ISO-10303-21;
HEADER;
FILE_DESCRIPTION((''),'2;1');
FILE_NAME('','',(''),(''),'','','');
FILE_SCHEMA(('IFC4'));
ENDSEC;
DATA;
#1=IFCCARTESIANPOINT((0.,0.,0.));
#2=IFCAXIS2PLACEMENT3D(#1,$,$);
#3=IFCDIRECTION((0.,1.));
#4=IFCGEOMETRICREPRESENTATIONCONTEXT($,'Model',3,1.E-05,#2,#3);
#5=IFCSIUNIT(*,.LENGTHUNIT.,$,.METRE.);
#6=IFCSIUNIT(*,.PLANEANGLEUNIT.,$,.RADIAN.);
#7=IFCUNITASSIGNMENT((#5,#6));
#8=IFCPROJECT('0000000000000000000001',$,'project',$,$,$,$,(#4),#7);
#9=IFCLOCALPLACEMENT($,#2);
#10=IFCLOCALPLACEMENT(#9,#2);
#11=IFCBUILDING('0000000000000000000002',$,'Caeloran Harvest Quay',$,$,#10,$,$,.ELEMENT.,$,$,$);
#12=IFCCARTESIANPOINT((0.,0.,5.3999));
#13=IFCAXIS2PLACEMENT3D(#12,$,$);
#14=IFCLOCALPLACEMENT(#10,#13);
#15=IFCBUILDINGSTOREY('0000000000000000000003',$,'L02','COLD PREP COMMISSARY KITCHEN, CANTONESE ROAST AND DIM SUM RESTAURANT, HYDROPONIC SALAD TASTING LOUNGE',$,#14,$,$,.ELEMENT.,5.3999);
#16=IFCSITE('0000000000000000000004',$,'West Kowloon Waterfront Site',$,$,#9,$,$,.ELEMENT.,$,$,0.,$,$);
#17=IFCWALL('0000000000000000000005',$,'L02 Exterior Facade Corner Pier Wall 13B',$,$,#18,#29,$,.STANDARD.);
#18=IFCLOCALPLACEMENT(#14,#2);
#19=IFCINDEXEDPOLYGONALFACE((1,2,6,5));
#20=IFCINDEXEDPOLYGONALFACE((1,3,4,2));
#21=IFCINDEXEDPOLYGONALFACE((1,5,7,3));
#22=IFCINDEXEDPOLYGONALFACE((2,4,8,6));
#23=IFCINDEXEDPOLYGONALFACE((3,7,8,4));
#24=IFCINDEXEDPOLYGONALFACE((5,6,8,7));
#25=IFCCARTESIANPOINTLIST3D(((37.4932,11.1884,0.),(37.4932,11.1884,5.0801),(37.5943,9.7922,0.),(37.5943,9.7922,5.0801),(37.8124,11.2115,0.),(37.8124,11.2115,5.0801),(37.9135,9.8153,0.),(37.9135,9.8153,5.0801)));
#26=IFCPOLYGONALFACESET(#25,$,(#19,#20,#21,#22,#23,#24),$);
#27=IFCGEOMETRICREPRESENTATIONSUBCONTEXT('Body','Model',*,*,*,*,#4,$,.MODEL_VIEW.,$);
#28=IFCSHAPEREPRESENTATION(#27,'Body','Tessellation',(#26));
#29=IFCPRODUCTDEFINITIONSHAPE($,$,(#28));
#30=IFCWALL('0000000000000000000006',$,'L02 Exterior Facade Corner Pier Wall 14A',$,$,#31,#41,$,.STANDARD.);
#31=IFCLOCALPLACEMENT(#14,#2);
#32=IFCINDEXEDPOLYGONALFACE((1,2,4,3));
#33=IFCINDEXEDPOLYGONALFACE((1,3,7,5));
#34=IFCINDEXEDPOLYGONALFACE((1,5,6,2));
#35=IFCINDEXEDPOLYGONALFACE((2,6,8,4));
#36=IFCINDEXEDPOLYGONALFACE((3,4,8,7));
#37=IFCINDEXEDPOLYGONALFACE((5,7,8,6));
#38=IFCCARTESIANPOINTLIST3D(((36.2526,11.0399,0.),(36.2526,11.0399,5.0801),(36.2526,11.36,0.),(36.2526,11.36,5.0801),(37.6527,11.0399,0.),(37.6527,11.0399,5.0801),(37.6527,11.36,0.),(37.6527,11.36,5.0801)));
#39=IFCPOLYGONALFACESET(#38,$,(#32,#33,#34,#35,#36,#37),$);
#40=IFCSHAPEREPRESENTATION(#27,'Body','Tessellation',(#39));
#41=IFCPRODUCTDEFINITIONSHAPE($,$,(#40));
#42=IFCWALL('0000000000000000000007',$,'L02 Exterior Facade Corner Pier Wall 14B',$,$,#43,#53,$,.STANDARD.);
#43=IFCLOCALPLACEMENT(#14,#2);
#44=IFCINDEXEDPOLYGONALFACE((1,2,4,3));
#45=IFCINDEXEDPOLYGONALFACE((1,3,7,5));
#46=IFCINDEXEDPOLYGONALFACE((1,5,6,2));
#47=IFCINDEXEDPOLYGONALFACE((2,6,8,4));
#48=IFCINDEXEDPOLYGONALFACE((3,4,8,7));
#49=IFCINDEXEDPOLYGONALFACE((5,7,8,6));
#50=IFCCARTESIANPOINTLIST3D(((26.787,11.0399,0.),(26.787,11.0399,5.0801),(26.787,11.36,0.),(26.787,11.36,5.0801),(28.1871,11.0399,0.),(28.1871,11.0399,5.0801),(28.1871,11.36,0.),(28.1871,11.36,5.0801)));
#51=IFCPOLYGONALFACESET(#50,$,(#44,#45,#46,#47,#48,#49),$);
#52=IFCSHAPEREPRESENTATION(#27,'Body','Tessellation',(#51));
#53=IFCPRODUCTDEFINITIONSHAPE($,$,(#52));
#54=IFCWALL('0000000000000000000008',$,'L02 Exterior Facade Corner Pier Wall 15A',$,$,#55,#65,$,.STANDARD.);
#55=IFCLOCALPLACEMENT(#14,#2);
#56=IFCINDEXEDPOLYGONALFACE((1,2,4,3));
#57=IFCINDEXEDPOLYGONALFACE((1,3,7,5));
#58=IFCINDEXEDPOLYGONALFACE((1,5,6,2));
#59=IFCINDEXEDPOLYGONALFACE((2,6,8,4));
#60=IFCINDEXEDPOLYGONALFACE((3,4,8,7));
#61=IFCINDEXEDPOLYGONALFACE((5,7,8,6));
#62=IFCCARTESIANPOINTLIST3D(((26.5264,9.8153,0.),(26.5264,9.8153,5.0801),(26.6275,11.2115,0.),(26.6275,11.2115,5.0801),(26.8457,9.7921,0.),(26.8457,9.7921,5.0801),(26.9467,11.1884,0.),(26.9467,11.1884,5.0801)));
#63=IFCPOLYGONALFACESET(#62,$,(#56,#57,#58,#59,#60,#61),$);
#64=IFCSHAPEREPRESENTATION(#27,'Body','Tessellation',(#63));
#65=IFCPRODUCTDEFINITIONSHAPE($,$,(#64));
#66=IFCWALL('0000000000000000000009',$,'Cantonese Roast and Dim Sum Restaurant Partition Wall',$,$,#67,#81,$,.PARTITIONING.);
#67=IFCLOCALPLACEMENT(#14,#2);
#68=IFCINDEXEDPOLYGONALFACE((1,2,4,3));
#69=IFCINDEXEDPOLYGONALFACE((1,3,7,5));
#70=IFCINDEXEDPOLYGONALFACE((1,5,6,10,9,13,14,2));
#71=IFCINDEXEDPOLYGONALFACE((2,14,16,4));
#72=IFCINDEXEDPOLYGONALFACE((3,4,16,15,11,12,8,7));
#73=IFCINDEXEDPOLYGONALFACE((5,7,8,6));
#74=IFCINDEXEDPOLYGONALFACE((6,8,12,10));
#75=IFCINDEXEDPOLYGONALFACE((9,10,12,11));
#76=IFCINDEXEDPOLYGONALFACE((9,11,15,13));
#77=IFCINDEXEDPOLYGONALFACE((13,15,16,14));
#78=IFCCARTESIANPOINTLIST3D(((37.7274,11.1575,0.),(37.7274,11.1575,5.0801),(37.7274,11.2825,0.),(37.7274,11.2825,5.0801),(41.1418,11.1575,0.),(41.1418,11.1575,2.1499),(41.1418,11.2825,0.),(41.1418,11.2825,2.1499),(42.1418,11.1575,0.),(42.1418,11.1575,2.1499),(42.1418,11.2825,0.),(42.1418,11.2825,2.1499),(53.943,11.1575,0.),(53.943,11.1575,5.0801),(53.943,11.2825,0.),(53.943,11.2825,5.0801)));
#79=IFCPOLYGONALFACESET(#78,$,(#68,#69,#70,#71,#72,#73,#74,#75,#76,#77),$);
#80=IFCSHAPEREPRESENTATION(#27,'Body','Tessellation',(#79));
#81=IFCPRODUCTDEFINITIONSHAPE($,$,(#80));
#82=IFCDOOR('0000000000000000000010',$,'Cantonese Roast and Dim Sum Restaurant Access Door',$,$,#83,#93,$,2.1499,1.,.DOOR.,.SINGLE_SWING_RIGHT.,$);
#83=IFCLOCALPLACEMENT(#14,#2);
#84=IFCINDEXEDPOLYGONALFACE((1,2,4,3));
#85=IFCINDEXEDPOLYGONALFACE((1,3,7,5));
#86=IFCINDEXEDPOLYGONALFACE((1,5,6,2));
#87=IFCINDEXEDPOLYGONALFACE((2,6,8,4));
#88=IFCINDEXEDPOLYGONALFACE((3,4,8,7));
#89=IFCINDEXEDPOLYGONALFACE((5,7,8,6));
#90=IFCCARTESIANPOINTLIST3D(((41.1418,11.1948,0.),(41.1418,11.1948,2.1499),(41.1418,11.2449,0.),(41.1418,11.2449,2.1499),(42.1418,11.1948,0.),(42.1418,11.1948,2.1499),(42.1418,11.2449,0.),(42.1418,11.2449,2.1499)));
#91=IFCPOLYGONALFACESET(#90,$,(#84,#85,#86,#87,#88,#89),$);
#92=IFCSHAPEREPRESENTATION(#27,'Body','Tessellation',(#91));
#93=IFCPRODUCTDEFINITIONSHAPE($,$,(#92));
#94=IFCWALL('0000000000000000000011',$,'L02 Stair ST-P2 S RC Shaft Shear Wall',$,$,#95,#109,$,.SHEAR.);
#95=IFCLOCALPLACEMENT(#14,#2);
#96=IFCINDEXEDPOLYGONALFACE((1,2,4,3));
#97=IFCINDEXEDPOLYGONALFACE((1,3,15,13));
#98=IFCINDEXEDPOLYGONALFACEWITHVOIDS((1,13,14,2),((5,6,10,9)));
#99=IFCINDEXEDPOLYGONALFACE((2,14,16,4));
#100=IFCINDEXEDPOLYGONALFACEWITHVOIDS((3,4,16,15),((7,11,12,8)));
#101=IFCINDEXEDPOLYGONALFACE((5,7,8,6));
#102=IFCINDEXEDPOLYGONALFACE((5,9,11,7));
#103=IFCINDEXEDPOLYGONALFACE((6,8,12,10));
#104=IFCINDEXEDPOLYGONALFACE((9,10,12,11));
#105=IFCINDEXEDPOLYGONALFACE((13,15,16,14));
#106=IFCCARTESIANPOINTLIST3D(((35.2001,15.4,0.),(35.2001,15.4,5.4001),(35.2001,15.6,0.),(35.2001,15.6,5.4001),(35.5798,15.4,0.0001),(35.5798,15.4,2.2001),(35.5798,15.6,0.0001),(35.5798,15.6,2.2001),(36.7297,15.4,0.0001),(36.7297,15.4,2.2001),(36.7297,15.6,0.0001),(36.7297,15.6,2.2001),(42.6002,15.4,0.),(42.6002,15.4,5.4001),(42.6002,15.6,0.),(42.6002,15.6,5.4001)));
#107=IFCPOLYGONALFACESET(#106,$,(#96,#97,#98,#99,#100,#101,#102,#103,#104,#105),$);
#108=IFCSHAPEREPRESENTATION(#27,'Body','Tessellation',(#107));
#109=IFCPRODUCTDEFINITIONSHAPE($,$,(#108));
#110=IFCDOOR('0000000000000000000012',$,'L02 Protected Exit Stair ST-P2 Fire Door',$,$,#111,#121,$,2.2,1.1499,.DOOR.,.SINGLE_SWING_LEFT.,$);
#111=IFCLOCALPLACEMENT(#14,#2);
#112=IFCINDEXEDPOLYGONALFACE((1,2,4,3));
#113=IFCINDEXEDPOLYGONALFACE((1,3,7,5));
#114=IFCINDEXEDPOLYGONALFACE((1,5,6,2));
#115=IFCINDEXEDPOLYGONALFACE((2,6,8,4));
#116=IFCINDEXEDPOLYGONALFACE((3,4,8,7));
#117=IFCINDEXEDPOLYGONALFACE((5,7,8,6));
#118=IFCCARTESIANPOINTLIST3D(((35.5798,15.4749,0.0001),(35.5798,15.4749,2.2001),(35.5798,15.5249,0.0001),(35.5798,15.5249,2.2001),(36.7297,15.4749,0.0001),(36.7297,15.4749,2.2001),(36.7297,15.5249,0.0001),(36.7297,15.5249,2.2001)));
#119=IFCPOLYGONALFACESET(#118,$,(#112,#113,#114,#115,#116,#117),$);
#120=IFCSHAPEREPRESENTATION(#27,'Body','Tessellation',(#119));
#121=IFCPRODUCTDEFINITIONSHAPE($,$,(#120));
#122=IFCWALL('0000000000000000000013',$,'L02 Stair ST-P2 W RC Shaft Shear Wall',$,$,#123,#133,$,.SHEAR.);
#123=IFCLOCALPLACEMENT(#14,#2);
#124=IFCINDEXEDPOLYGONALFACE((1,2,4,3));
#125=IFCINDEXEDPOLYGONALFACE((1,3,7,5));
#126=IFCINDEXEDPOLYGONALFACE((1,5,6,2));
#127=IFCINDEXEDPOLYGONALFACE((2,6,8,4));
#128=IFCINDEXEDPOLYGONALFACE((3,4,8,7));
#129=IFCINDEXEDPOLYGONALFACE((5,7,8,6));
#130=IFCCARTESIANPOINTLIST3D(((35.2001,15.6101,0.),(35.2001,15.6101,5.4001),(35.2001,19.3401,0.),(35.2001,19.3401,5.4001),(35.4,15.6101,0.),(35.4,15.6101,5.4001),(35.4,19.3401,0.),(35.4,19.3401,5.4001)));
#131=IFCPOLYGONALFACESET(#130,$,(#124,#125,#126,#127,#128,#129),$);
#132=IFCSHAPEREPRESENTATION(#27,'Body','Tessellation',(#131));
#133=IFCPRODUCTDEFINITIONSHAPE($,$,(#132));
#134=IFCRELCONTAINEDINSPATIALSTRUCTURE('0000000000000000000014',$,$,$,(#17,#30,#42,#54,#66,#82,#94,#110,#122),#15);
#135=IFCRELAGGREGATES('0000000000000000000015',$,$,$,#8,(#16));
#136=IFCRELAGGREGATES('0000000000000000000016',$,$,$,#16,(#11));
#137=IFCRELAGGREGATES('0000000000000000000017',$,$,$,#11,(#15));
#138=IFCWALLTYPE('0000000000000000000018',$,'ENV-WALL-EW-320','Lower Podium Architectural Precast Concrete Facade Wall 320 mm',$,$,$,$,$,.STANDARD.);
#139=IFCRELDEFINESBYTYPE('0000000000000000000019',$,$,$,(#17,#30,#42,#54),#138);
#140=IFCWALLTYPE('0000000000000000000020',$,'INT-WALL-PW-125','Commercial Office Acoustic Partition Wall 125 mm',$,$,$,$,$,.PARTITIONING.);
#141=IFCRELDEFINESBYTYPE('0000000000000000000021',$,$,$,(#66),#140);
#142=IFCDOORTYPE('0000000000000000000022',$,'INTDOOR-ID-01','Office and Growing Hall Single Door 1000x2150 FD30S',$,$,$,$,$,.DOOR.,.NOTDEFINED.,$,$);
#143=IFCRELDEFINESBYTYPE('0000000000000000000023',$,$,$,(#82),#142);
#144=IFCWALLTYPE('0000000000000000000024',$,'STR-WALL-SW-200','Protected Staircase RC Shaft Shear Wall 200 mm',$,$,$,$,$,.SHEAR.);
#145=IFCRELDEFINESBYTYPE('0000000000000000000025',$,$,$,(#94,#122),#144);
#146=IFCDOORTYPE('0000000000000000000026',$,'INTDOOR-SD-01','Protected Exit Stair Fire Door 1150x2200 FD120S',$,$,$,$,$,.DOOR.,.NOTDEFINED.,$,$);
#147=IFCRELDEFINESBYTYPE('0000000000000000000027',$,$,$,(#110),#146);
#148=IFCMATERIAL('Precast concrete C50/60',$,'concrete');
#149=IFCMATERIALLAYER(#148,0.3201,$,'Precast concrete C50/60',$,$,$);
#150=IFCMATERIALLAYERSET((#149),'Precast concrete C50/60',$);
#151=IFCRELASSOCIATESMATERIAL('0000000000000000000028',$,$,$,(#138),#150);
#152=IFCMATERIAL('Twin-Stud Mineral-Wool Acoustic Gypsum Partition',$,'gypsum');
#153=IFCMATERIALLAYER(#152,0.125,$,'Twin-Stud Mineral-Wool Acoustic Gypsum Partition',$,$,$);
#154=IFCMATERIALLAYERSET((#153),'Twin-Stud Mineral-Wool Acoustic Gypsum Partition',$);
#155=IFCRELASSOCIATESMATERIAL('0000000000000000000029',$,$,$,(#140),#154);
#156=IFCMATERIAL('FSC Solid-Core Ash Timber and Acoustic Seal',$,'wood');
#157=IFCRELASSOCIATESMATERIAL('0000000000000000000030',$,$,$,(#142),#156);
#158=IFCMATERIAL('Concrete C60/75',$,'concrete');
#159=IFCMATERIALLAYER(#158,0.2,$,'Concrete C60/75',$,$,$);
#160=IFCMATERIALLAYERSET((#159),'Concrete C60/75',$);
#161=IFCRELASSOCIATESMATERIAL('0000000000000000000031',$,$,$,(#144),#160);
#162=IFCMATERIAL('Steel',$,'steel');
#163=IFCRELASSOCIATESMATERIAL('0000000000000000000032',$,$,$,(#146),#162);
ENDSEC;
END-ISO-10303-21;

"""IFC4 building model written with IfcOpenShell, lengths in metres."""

from ifc_helpers import new_model, si_unit, direction, frame, frame_2d, origin, place, context, subcontext, project, spatial, rectangle, extrude, material, layer, layer_set, type_object, element, fill, save


model = new_model("IFC4")

# Units and contexts
model_context = context("Model", 3, precision=1e-05, world=origin(), true_north=direction((0.0, 1.0)))
body_context = subcontext(model_context, "Body", "Model", "MODEL_VIEW")
ifc_project = project(units=[si_unit("LENGTHUNIT", "METRE"), si_unit("PLANEANGLEUNIT", "RADIAN")], contexts=[model_context])

# Site, building, storey
site_placement = place(None, origin())
site = spatial("IfcSite", under=ifc_project, at=site_placement, Name="West Kowloon Waterfront Site", CompositionType="ELEMENT", RefElevation=0.0)
building_placement = place(site_placement, origin())
building = spatial("IfcBuilding", under=site, at=building_placement, Name="Caeloran Harvest Quay", CompositionType="ELEMENT")
storey_placement = place(building_placement, frame((0.0, 0.0, 5.3999)))
storey = spatial("IfcBuildingStorey", under=building, at=storey_placement, Name="L02", Description="COLD PREP COMMISSARY KITCHEN, CANTONESE ROAST AND DIM SUM RESTAURANT, HYDROPONIC SALAD TASTING LOUNGE", CompositionType="ELEMENT", Elevation=5.3999)

# Walls
ifc_material_1 = material(Name="Precast concrete C50/60", Category="concrete")
ifc_layer_1 = layer(ifc_material_1, 0.3201, Name="Precast concrete C50/60")
ifc_layer_set_1 = layer_set([ifc_layer_1], Name="Precast concrete C50/60")
wall_type_1 = type_object("IfcWallType", Name="ENV-WALL-EW-320", Description="Lower Podium Architectural Precast Concrete Facade Wall 320 mm", PredefinedType="STANDARD", material=ifc_layer_set_1)
wall_1_placement = place(storey_placement, frame((37.7539, 9.8037, 0.0), z_axis=(0.0, 0.0, 1.0), x_axis=(-0.072201, 0.99739, 0.0)))
element("IfcWall", 1, at=wall_1_placement, inside=storey, type_object=wall_type_1, Name="L02 Exterior Facade Corner Pier Wall 13B", PredefinedType="STANDARD", context=body_context, shape_type="SweptSolid", body=[
    extrude(rectangle(XDim=1.3999, YDim=0.3201, at=frame_2d((0.7, 0.0))), origin(), (0.0, 0.0, 1.0), 5.0801),
])
for number, where, z_axis, x_axis, name in (
    (2, (37.6528, 11.2, 0.0), (0.0, 0.0, 1.0), (-1.0, 0.0, 0.0), "L02 Exterior Facade Corner Pier Wall 14A"),
    (3, (28.1873, 11.2, 0.0), (0.0, 0.0, 1.0), (-1.0, 0.0, 0.0), "L02 Exterior Facade Corner Pier Wall 14B"),
):
    element("IfcWall", number, at=place(storey_placement, frame(where, z_axis=z_axis, x_axis=x_axis)), inside=storey, type_object=wall_type_1, Name=name, PredefinedType="STANDARD", context=body_context, shape_type="SweptSolid", body=[
        extrude(rectangle(XDim=1.4001, YDim=0.3201, at=frame_2d((0.7002, 0.0))), origin(), (0.0, 0.0, 1.0), 5.0801),
    ])
wall_2_placement = place(storey_placement, frame((26.7871, 11.2, 0.0), z_axis=(0.0, 0.0, 1.0), x_axis=(-0.072201, -0.99739, 0.0)))
element("IfcWall", 4, at=wall_2_placement, inside=storey, type_object=wall_type_1, Name="L02 Exterior Facade Corner Pier Wall 15A", PredefinedType="STANDARD", context=body_context, shape_type="SweptSolid", body=[
    extrude(rectangle(XDim=1.3999, YDim=0.3201, at=frame_2d((0.7, 0.0))), origin(), (0.0, 0.0, 1.0), 5.0801),
])

# Walls, openings, doors
ifc_material_2 = material(Name="Twin-Stud Mineral-Wool Acoustic Gypsum Partition", Category="gypsum")
ifc_layer_2 = layer(ifc_material_2, 0.125, Name="Twin-Stud Mineral-Wool Acoustic Gypsum Partition")
ifc_layer_set_2 = layer_set([ifc_layer_2], Name="Twin-Stud Mineral-Wool Acoustic Gypsum Partition")
wall_type_2 = type_object("IfcWallType", Name="INT-WALL-PW-125", Description="Commercial Office Acoustic Partition Wall 125 mm", PredefinedType="PARTITIONING", material=ifc_layer_set_2)
wall_3_placement = place(storey_placement, frame((37.7273, 11.22, 0.0), z_axis=(0.0, 0.0, 1.0), x_axis=(1.0, 0.0, 0.0)))
wall_3 = element("IfcWall", 5, at=wall_3_placement, inside=storey, type_object=wall_type_2, Name="Cantonese Roast and Dim Sum Restaurant Partition Wall", PredefinedType="PARTITIONING", context=body_context, shape_type="SweptSolid", body=[
    extrude(rectangle(XDim=16.2156, YDim=0.125, at=frame_2d((8.1079, 0.0))), origin(), (0.0, 0.0, 1.0), 5.0801),
])
opening_1_placement = place(wall_3_placement, frame((3.4146, 0.0, 0.0)))
opening_1 = element("IfcOpeningElement", 6, at=opening_1_placement, cuts=wall_3, PredefinedType="OPENING", context=body_context, shape_type="SweptSolid", body=[
    extrude(rectangle(XDim=1.0, YDim=2.1499, at=frame_2d((0.5, 1.075))), frame((0.0, 0.0725, 0.0), z_axis=(0.0, -1.0, 0.0), x_axis=(1.0, 0.0, 0.0)), (0.0, 0.0, 1.0), 0.145),
])
ifc_material_3 = material(Name="FSC Solid-Core Ash Timber and Acoustic Seal", Category="wood")
door_type_1 = type_object("IfcDoorType", Name="INTDOOR-ID-01", Description="Office and Growing Hall Single Door 1000x2150 FD30S", OperationType="NOTDEFINED", PredefinedType="DOOR", material=ifc_material_3)
door_1_placement = place(opening_1_placement, origin())
door_1 = element("IfcDoor", 7, at=door_1_placement, inside=storey, type_object=door_type_1, Name="Cantonese Roast and Dim Sum Restaurant Access Door", OperationType="SINGLE_SWING_RIGHT", OverallHeight=2.1499, OverallWidth=1.0, PredefinedType="DOOR", context=body_context, shape_type="SweptSolid", body=[
    extrude(rectangle(XDim=1.0, YDim=2.1499, at=frame_2d((0.5, 1.075))), frame((0.0, 0.0249, 0.0), z_axis=(0.0, -1.0, 0.0), x_axis=(1.0, 0.0, 0.0)), (0.0, 0.0, 1.0), 0.05),
])
fill(opening_1, door_1)
ifc_material_4 = material(Name="Concrete C60/75", Category="concrete")
ifc_layer_3 = layer(ifc_material_4, 0.2, Name="Concrete C60/75")
ifc_layer_set_3 = layer_set([ifc_layer_3], Name="Concrete C60/75")
wall_type_3 = type_object("IfcWallType", Name="STR-WALL-SW-200", Description="Protected Staircase RC Shaft Shear Wall 200 mm", PredefinedType="SHEAR", material=ifc_layer_set_3)
wall_4_placement = place(storey_placement, frame((35.2, 15.5, 0.0), z_axis=(0.0, 0.0, 1.0), x_axis=(1.0, 0.0, 0.0)))
wall_4 = element("IfcWall", 8, at=wall_4_placement, inside=storey, type_object=wall_type_3, Name="L02 Stair ST-P2 S RC Shaft Shear Wall", PredefinedType="SHEAR", context=body_context, shape_type="SweptSolid", body=[
    extrude(rectangle(XDim=7.4001, YDim=0.2, at=frame_2d((3.7002, 0.0))), origin(), (0.0, 0.0, 1.0), 5.4001),
])
opening_2_placement = place(wall_4_placement, frame((0.3799, 0.0, 0.0)))
opening_2 = element("IfcOpeningElement", 9, at=opening_2_placement, cuts=wall_4, PredefinedType="OPENING", context=body_context, shape_type="SweptSolid", body=[
    extrude(rectangle(XDim=1.1499, YDim=2.2, at=frame_2d((0.575, 1.1001))), frame((0.0, 0.1099, 0.0), z_axis=(0.0, -1.0, 0.0), x_axis=(1.0, 0.0, 0.0)), (0.0, 0.0, 1.0), 0.22),
])
ifc_material_5 = material(Name="Steel", Category="steel")
door_type_2 = type_object("IfcDoorType", Name="INTDOOR-SD-01", Description="Protected Exit Stair Fire Door 1150x2200 FD120S", OperationType="NOTDEFINED", PredefinedType="DOOR", material=ifc_material_5)
door_2_placement = place(opening_2_placement, origin())
door_2 = element("IfcDoor", 10, at=door_2_placement, inside=storey, type_object=door_type_2, Name="L02 Protected Exit Stair ST-P2 Fire Door", OperationType="SINGLE_SWING_LEFT", OverallHeight=2.2, OverallWidth=1.1499, PredefinedType="DOOR", context=body_context, shape_type="SweptSolid", body=[
    extrude(rectangle(XDim=1.1499, YDim=2.2, at=frame_2d((0.575, 1.1001))), frame((0.0, 0.0249, 0.0), z_axis=(0.0, -1.0, 0.0), x_axis=(1.0, 0.0, 0.0)), (0.0, 0.0, 1.0), 0.05),
])
fill(opening_2, door_2)

# Wall
wall_5_placement = place(storey_placement, frame((35.3, 15.6101, 0.0), z_axis=(0.0, 0.0, 1.0), x_axis=(0.0, 1.0, 0.0)))
element("IfcWall", 11, at=wall_5_placement, inside=storey, type_object=wall_type_3, Name="L02 Stair ST-P2 W RC Shaft Shear Wall", PredefinedType="SHEAR", context=body_context, shape_type="SweptSolid", body=[
    extrude(rectangle(XDim=3.73, YDim=0.2, at=frame_2d((1.865, 0.0))), origin(), (0.0, 0.0, 1.0), 5.4001),
])

save(model, "model.ifc")
